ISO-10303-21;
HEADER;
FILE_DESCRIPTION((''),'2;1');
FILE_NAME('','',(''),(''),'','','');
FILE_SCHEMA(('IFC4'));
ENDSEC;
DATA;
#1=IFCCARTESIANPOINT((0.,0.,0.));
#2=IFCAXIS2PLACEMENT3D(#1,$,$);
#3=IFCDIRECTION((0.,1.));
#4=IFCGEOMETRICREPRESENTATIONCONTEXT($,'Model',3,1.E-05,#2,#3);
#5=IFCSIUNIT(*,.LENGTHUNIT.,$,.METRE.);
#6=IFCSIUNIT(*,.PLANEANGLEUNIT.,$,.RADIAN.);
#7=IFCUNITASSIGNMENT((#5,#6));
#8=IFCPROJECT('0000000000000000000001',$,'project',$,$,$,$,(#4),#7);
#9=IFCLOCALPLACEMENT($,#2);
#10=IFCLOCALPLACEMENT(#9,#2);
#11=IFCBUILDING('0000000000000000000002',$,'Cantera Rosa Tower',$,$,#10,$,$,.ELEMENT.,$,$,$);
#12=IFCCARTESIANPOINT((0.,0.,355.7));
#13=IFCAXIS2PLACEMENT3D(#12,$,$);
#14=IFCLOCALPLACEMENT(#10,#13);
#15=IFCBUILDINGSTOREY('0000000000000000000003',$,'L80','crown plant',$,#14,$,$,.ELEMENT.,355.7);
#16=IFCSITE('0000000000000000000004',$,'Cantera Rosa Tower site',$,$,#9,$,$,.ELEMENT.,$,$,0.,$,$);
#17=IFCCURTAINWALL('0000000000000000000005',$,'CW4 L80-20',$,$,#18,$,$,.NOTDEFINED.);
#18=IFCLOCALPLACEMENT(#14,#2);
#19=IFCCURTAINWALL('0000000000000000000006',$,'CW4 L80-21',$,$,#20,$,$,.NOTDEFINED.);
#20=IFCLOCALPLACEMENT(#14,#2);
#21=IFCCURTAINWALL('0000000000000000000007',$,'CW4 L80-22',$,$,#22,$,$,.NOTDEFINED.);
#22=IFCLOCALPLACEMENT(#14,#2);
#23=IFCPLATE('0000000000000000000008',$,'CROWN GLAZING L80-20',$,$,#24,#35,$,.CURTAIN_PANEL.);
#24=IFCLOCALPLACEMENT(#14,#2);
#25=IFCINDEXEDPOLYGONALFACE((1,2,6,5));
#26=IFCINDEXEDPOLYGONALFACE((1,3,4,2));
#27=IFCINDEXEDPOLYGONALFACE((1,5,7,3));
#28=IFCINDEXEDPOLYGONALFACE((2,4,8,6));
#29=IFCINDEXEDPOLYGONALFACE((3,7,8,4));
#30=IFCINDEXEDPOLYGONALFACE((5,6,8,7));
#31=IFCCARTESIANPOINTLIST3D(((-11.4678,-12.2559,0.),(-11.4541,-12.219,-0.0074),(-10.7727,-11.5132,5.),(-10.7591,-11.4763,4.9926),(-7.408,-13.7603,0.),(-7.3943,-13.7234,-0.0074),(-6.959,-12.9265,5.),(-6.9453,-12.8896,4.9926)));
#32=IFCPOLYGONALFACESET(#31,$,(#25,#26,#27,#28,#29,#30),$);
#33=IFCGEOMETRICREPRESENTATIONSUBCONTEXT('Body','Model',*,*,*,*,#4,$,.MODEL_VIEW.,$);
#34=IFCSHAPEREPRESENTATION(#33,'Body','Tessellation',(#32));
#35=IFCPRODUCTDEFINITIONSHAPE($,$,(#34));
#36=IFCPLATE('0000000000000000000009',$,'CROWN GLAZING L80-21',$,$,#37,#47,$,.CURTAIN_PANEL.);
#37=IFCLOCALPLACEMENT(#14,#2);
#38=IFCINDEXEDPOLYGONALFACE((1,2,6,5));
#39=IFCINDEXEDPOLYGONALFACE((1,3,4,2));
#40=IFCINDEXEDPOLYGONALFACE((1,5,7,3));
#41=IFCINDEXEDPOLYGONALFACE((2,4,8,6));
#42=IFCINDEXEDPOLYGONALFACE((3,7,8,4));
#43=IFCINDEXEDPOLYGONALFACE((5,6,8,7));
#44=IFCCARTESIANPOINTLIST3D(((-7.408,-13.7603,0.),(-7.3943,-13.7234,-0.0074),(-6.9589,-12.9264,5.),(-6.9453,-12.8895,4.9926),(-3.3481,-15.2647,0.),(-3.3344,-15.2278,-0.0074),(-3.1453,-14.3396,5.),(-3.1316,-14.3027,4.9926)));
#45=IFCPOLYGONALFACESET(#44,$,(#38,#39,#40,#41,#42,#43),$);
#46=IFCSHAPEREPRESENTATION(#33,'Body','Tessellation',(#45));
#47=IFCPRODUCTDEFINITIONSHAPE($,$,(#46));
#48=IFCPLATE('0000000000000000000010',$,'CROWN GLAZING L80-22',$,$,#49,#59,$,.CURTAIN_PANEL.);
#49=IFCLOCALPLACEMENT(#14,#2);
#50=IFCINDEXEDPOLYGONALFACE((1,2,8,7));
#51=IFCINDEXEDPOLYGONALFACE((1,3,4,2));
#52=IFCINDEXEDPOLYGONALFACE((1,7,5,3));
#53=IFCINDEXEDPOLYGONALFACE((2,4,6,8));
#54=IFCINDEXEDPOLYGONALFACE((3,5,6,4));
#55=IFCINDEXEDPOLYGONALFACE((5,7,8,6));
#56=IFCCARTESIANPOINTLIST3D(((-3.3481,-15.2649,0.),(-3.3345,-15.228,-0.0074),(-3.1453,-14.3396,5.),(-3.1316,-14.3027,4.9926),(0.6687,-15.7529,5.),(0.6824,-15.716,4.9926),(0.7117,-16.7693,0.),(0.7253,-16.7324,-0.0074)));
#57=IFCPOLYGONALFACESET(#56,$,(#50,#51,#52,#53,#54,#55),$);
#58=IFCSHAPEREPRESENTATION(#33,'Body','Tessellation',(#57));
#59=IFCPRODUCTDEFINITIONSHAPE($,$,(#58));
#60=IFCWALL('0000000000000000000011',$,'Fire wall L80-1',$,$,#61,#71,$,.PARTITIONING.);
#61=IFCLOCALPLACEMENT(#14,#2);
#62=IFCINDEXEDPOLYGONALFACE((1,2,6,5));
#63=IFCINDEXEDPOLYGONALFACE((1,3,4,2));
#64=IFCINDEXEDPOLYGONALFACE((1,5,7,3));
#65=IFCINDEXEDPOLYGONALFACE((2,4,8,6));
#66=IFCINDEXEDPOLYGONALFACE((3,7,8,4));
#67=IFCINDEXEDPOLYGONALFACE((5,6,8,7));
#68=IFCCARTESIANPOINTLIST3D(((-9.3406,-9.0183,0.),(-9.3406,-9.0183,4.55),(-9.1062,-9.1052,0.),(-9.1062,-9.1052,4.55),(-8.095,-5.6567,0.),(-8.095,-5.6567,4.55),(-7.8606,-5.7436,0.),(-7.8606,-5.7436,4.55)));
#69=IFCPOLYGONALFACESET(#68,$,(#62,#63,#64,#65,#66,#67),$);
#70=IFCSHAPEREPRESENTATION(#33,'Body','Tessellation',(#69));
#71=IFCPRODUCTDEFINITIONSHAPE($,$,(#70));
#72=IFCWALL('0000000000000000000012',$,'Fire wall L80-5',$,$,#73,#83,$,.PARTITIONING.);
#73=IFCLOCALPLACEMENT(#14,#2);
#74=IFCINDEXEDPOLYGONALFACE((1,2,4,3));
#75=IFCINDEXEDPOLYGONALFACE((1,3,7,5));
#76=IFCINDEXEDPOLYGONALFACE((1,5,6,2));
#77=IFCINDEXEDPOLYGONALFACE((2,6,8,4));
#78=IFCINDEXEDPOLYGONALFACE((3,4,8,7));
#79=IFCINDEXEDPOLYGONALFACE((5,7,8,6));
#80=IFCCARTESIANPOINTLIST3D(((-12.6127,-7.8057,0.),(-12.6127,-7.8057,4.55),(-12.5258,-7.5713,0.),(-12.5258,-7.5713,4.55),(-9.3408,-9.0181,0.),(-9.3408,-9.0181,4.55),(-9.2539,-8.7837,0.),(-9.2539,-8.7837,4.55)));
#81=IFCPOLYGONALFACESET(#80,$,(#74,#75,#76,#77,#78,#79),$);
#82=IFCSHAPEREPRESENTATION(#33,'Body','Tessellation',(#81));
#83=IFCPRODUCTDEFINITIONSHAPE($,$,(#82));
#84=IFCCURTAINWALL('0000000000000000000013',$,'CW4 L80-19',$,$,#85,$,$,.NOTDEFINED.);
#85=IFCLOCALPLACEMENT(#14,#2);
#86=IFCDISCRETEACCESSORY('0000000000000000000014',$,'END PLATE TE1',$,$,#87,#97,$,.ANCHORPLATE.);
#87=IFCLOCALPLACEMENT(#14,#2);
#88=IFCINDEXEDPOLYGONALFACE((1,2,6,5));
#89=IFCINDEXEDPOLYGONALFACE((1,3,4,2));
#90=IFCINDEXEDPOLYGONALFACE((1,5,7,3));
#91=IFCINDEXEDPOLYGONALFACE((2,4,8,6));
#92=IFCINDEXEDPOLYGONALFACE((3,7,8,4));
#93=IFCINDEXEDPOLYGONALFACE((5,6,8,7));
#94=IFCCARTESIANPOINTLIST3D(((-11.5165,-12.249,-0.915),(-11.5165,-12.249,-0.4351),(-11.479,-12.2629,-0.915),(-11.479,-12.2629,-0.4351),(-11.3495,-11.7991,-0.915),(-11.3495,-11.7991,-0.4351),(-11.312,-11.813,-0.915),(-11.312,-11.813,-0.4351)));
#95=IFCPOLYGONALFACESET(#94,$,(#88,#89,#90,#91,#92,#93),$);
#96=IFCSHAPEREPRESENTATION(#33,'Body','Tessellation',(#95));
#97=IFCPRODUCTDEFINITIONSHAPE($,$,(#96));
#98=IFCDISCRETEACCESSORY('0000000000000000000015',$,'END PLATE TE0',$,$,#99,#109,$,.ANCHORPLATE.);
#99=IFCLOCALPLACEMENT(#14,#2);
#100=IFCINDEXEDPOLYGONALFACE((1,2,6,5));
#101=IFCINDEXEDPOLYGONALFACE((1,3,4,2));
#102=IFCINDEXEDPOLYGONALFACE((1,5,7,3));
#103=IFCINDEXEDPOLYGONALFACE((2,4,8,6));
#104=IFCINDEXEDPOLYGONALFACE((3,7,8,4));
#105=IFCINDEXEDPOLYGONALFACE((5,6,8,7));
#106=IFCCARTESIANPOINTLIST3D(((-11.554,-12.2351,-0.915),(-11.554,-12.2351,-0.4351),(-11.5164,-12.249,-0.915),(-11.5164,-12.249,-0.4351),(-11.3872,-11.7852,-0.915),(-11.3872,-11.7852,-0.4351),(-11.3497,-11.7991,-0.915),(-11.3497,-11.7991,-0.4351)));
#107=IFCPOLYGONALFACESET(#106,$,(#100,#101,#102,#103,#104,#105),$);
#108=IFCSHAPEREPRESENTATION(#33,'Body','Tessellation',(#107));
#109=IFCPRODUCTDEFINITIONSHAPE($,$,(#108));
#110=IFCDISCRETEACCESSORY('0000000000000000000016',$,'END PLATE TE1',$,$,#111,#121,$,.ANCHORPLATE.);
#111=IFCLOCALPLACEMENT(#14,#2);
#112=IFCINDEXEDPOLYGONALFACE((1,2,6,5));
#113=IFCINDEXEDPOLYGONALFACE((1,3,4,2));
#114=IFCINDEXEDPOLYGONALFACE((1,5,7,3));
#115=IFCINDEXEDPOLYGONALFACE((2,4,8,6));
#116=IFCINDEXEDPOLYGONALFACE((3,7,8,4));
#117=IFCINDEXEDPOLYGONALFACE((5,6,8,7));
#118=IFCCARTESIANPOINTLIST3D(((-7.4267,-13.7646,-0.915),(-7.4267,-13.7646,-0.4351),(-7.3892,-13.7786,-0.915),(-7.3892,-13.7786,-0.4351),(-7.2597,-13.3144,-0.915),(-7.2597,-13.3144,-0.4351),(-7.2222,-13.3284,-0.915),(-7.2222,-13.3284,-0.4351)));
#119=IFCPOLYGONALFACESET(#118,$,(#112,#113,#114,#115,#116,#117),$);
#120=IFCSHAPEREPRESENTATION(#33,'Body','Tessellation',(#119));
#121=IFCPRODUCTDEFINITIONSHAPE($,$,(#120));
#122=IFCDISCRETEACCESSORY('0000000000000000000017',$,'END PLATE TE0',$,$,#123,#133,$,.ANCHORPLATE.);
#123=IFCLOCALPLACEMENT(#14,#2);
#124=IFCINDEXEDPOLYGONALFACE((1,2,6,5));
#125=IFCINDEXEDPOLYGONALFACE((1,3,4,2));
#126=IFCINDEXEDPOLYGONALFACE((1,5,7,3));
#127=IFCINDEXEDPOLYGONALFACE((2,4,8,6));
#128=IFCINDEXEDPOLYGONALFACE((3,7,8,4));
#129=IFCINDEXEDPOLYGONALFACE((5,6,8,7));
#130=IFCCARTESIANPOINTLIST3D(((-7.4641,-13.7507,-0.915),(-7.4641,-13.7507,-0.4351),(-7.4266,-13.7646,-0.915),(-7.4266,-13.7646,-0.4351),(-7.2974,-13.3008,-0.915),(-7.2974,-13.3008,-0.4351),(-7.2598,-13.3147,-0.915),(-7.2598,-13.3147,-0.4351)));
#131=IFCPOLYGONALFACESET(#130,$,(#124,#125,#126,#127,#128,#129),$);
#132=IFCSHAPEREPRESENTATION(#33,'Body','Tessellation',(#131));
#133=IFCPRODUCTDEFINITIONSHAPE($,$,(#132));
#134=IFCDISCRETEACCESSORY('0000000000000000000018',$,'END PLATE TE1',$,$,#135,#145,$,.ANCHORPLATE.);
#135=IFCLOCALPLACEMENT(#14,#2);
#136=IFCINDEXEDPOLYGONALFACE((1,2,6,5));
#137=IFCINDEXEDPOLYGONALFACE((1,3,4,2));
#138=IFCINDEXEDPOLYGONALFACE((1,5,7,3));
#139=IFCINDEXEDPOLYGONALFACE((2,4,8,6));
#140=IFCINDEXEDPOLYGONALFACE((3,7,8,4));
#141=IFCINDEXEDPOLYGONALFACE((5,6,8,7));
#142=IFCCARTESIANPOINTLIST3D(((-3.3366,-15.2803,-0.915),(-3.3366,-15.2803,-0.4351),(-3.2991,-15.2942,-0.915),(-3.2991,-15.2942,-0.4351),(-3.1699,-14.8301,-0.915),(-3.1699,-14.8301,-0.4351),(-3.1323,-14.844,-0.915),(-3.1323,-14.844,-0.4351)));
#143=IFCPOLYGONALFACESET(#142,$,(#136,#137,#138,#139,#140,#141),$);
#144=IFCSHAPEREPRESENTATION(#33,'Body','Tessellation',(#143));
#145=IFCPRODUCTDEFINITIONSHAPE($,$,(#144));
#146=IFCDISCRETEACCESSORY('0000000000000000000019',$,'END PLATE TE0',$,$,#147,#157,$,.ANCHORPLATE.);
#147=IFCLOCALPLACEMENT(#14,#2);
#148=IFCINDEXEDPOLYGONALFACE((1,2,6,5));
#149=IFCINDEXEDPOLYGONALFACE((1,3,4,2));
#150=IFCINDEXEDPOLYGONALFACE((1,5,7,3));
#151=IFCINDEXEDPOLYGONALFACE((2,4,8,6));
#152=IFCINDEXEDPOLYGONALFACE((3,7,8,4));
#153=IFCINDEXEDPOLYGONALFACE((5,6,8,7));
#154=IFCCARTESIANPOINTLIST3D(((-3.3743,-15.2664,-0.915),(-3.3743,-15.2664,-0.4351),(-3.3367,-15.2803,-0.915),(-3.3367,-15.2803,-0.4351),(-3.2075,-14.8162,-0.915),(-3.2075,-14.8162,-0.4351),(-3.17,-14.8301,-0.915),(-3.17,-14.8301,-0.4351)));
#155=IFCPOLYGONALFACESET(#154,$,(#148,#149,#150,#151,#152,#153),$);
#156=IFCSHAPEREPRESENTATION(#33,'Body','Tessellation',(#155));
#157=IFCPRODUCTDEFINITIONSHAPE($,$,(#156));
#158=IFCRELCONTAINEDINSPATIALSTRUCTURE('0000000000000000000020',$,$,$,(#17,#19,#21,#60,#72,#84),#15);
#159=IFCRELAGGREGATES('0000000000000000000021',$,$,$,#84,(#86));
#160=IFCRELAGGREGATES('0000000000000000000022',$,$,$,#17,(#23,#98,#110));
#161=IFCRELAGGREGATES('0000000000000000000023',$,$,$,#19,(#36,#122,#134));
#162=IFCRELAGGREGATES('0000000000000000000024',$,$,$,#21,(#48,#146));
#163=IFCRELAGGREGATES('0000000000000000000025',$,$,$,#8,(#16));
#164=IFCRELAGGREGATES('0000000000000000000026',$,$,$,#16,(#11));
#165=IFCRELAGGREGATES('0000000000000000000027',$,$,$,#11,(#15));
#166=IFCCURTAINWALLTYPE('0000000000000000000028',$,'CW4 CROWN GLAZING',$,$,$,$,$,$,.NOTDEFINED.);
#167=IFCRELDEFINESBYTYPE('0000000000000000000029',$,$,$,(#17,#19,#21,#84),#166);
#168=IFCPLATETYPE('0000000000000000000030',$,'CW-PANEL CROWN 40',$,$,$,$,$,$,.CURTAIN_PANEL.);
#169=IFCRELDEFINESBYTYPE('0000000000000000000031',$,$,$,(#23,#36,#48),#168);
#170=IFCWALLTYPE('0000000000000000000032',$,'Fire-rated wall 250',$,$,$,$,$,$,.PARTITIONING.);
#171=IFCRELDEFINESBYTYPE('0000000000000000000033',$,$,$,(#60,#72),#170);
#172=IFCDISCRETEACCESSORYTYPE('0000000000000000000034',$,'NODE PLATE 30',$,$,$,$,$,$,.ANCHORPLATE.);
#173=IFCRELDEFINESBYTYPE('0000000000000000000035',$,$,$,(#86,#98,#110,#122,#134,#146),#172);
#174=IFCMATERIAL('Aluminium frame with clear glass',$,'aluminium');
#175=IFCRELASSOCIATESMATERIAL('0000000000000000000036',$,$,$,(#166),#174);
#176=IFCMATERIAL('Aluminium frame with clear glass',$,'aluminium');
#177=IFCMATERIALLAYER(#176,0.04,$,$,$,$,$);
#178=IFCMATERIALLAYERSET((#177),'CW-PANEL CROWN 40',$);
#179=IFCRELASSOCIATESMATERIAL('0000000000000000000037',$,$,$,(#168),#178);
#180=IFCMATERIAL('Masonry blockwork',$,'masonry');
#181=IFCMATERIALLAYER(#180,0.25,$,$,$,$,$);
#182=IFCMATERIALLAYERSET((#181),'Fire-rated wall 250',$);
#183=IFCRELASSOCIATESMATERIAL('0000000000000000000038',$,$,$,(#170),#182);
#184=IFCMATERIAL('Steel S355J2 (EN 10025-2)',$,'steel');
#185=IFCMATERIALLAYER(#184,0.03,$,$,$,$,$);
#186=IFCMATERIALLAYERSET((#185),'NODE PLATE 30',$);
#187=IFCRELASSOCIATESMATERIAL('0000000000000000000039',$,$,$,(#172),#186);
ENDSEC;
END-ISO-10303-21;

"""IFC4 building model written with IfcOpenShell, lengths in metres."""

from ifc_helpers import new_model, si_unit, direction, frame, frame_2d, origin, place, context, subcontext, project, spatial, polyline, rectangle, outline, extrude, material, layer, layer_set, type_object, element, aggregate, save


model = new_model("IFC4")

# Units and contexts
model_context = context("Model", 3, precision=1e-05, world=origin(), true_north=direction((0.0, 1.0)))
body_context = subcontext(model_context, "Body", "Model", "MODEL_VIEW")
ifc_project = project(units=[si_unit("LENGTHUNIT", "METRE"), si_unit("PLANEANGLEUNIT", "RADIAN")], contexts=[model_context])

# Site, building, storey
site_placement = place(None, origin())
site = spatial("IfcSite", under=ifc_project, at=site_placement, Name="Cantera Rosa Tower site", CompositionType="ELEMENT", RefElevation=0.0)
building_placement = place(site_placement, origin())
building = spatial("IfcBuilding", under=site, at=building_placement, Name="Cantera Rosa Tower", CompositionType="ELEMENT")
storey_placement = place(building_placement, frame((0.0, 0.0, 355.7)))
storey = spatial("IfcBuildingStorey", under=building, at=storey_placement, Name="L80", Description="crown plant", CompositionType="ELEMENT", Elevation=355.7)

# Curtain walls
ifc_material_1 = material(Name="Aluminium frame with clear glass", Category="aluminium")
curtain_wall_type = type_object("IfcCurtainWallType", Name="CW4 CROWN GLAZING", PredefinedType="NOTDEFINED", material=ifc_material_1)
curtain_wall_1_placement = place(storey_placement, origin())
curtain_wall_1 = element("IfcCurtainWall", 1, at=curtain_wall_1_placement, inside=storey, type_object=curtain_wall_type, Name="CW4 L80-20", PredefinedType="NOTDEFINED")
curtain_wall_2_placement = place(storey_placement, origin())
curtain_wall_2 = element("IfcCurtainWall", 2, at=curtain_wall_2_placement, inside=storey, type_object=curtain_wall_type, Name="CW4 L80-21", PredefinedType="NOTDEFINED")
curtain_wall_3_placement = place(storey_placement, origin())
curtain_wall_3 = element("IfcCurtainWall", 3, at=curtain_wall_3_placement, inside=storey, type_object=curtain_wall_type, Name="CW4 L80-22", PredefinedType="NOTDEFINED")

# Plates
ifc_material_2 = material(Name="Aluminium frame with clear glass", Category="aluminium")
ifc_layer_1 = layer(ifc_material_2, 0.04)
ifc_layer_set_1 = layer_set([ifc_layer_1], Name="CW-PANEL CROWN 40")
plate_type = type_object("IfcPlateType", Name="CW-PANEL CROWN 40", PredefinedType="CURTAIN_PANEL", material=ifc_layer_set_1)
plate_1_placement = place(storey_placement, frame((-11.4678, -12.2559, 0.0), z_axis=(-0.341526, -0.921614, 0.184357), x_axis=(0.937687, -0.347482, 0.000003)))
plate_1 = element("IfcPlate", 4, at=plate_1_placement, type_object=plate_type, Name="CROWN GLAZING L80-20", PredefinedType="CURTAIN_PANEL", context=body_context, shape_type="SweptSolid", body=[
    extrude(outline(polyline([(0.0, 0.0), (4.3296, 0.0), (4.4609, 5.0872), (0.3937, 5.0872), (0.0, 0.0)])), origin(), (0.0, 0.0, -1.0), 0.04),
])
plate_2_placement = place(storey_placement, frame((-7.408, -13.7603, 0.0), z_axis=(-0.341525, -0.921611, 0.184377), x_axis=(0.937686, -0.347483, -0.000007)))
plate_2 = element("IfcPlate", 5, at=plate_2_placement, type_object=plate_type, Name="CROWN GLAZING L80-21", PredefinedType="CURTAIN_PANEL", context=body_context, shape_type="SweptSolid", body=[
    extrude(outline(polyline([(0.0, 0.0), (4.3297, 0.0), (4.1983, 5.0872), (0.1313, 5.0872), (0.0, 0.0)])), origin(), (0.0, 0.0, -1.0), 0.04),
])
plate_3_placement = place(storey_placement, frame((-3.3481, -15.2649, 0.0), z_axis=(-0.341513, -0.921609, 0.184405), x_axis=(0.93769, -0.347472, 0.000001)))
plate_3 = element("IfcPlate", 6, at=plate_3_placement, type_object=plate_type, Name="CROWN GLAZING L80-22", PredefinedType="CURTAIN_PANEL", context=body_context, shape_type="SweptSolid", body=[
    extrude(outline(polyline([(0.0, 0.0), (4.3296, 0.0), (3.9361, 5.0872), (-0.1313, 5.0872), (0.0, 0.0)])), origin(), (0.0, 0.0, -1.0), 0.04),
])

# Walls
ifc_material_3 = material(Name="Masonry blockwork", Category="masonry")
ifc_layer_2 = layer(ifc_material_3, 0.25)
ifc_layer_set_2 = layer_set([ifc_layer_2], Name="Fire-rated wall 250")
wall_type = type_object("IfcWallType", Name="Fire-rated wall 250", PredefinedType="PARTITIONING", material=ifc_layer_set_2)
wall_1_placement = place(storey_placement, frame((-9.2234, -9.0618, 0.0), z_axis=(0.0, 0.0, 1.0), x_axis=(0.347456, 0.937696, 0.0)))
element("IfcWall", 7, at=wall_1_placement, inside=storey, type_object=wall_type, Name="Fire wall L80-1", PredefinedType="PARTITIONING", context=body_context, shape_type="SweptSolid", body=[
    extrude(rectangle(XDim=3.585, YDim=0.25, at=frame_2d((1.7925, 0.0))), origin(), (0.0, 0.0, 1.0), 4.55),
])
wall_2_placement = place(storey_placement, frame((-9.2974, -8.9009, 0.0), z_axis=(0.0, 0.0, 1.0), x_axis=(-0.937696, 0.347456, 0.0)))
element("IfcWall", 8, at=wall_2_placement, inside=storey, type_object=wall_type, Name="Fire wall L80-5", PredefinedType="PARTITIONING", context=body_context, shape_type="SweptSolid", body=[
    extrude(rectangle(XDim=3.4893, YDim=0.25, at=frame_2d((1.7446, 0.0))), origin(), (0.0, 0.0, 1.0), 4.55),
])

# Curtain wall, discrete accessory
curtain_wall_4_placement = place(storey_placement, origin())
curtain_wall_4 = element("IfcCurtainWall", 9, at=curtain_wall_4_placement, inside=storey, type_object=curtain_wall_type, Name="CW4 L80-19", PredefinedType="NOTDEFINED")
ifc_material_4 = material(Name="Steel S355J2 (EN 10025-2)", Category="steel")
ifc_layer_3 = layer(ifc_material_4, 0.03)
ifc_layer_set_3 = layer_set([ifc_layer_3], Name="NODE PLATE 30")
discrete_accessory_type = type_object("IfcDiscreteAccessoryType", Name="NODE PLATE 30", PredefinedType="ANCHORPLATE", material=ifc_layer_set_3)
discrete_accessory_1_placement = place(storey_placement, frame((-11.312, -11.813, -0.4351), z_axis=(0.937515, -0.347944, 0.0), x_axis=(-0.347944, -0.937515, 0.0)))
discrete_accessory_1 = element("IfcDiscreteAccessory", 10, at=discrete_accessory_1_placement, type_object=discrete_accessory_type, Name="END PLATE TE1", PredefinedType="ANCHORPLATE", context=body_context, shape_type="SweptSolid", body=[
    extrude(outline(polyline([(0.0, 0.0), (0.4799, 0.0), (0.4799, 0.48), (0.0, 0.48), (0.0, 0.0)])), origin(), (0.0, 0.0, -1.0), 0.04),
])
aggregate(curtain_wall_4, [discrete_accessory_1])

# Discrete accessories
discrete_accessory_2_placement = place(storey_placement, frame((-11.554, -12.2351, -0.4351), z_axis=(-0.937681, 0.347497, 0.0), x_axis=(0.347497, 0.937681, 0.0)))
discrete_accessory_2 = element("IfcDiscreteAccessory", 11, at=discrete_accessory_2_placement, type_object=discrete_accessory_type, Name="END PLATE TE0", PredefinedType="ANCHORPLATE", context=body_context, shape_type="SweptSolid", body=[
    extrude(outline(polyline([(0.0, 0.0), (0.4799, 0.0), (0.4799, 0.48), (0.0, 0.48), (0.0, 0.0)])), origin(), (0.0, 0.0, -1.0), 0.04),
])
discrete_accessory_3_placement = place(storey_placement, frame((-7.2222, -13.3284, -0.4351), z_axis=(0.937577, -0.347778, 0.0), x_axis=(-0.347778, -0.937577, 0.0)))
discrete_accessory_3 = element("IfcDiscreteAccessory", 12, at=discrete_accessory_3_placement, type_object=discrete_accessory_type, Name="END PLATE TE1", PredefinedType="ANCHORPLATE", context=body_context, shape_type="SweptSolid", body=[
    extrude(outline(polyline([(0.0, 0.0), (0.4802, 0.0), (0.4802, 0.48), (0.0, 0.48), (0.0, 0.0)])), origin(), (0.0, 0.0, -1.0), 0.04),
])
aggregate(curtain_wall_1, [plate_1, discrete_accessory_2, discrete_accessory_3])
discrete_accessory_4_placement = place(storey_placement, frame((-7.4641, -13.7507, -0.4351), z_axis=(-0.937681, 0.347497, 0.0), x_axis=(0.347497, 0.937681, 0.0)))
discrete_accessory_4 = element("IfcDiscreteAccessory", 13, at=discrete_accessory_4_placement, type_object=discrete_accessory_type, Name="END PLATE TE0", PredefinedType="ANCHORPLATE", context=body_context, shape_type="SweptSolid", body=[
    extrude(outline(polyline([(0.0, 0.0), (0.4799, 0.0), (0.4799, 0.48), (0.0, 0.48), (0.0, 0.0)])), origin(), (0.0, 0.0, -1.0), 0.04),
])
discrete_accessory_5_placement = place(storey_placement, frame((-3.1323, -14.844, -0.4351), z_axis=(0.937743, -0.347331, 0.0), x_axis=(-0.347331, -0.937743, 0.0)))
discrete_accessory_5 = element("IfcDiscreteAccessory", 14, at=discrete_accessory_5_placement, type_object=discrete_accessory_type, Name="END PLATE TE1", PredefinedType="ANCHORPLATE", context=body_context, shape_type="SweptSolid", body=[
    extrude(outline(polyline([(0.0, 0.0), (0.4801, 0.0), (0.4801, 0.48), (0.0, 0.48), (0.0, 0.0)])), origin(), (0.0, 0.0, -1.0), 0.04),
])
aggregate(curtain_wall_2, [plate_2, discrete_accessory_4, discrete_accessory_5])
discrete_accessory_6_placement = place(storey_placement, frame((-3.3743, -15.2664, -0.4351), z_axis=(-0.937743, 0.347331, 0.0), x_axis=(0.347331, 0.937743, 0.0)))
discrete_accessory_6 = element("IfcDiscreteAccessory", 15, at=discrete_accessory_6_placement, type_object=discrete_accessory_type, Name="END PLATE TE0", PredefinedType="ANCHORPLATE", context=body_context, shape_type="SweptSolid", body=[
    extrude(outline(polyline([(0.0, 0.0), (0.4801, 0.0), (0.4801, 0.48), (0.0, 0.48), (0.0, 0.0)])), origin(), (0.0, 0.0, -1.0), 0.04),
])
aggregate(curtain_wall_3, [plate_3, discrete_accessory_6])

save(model, "model.ifc")
